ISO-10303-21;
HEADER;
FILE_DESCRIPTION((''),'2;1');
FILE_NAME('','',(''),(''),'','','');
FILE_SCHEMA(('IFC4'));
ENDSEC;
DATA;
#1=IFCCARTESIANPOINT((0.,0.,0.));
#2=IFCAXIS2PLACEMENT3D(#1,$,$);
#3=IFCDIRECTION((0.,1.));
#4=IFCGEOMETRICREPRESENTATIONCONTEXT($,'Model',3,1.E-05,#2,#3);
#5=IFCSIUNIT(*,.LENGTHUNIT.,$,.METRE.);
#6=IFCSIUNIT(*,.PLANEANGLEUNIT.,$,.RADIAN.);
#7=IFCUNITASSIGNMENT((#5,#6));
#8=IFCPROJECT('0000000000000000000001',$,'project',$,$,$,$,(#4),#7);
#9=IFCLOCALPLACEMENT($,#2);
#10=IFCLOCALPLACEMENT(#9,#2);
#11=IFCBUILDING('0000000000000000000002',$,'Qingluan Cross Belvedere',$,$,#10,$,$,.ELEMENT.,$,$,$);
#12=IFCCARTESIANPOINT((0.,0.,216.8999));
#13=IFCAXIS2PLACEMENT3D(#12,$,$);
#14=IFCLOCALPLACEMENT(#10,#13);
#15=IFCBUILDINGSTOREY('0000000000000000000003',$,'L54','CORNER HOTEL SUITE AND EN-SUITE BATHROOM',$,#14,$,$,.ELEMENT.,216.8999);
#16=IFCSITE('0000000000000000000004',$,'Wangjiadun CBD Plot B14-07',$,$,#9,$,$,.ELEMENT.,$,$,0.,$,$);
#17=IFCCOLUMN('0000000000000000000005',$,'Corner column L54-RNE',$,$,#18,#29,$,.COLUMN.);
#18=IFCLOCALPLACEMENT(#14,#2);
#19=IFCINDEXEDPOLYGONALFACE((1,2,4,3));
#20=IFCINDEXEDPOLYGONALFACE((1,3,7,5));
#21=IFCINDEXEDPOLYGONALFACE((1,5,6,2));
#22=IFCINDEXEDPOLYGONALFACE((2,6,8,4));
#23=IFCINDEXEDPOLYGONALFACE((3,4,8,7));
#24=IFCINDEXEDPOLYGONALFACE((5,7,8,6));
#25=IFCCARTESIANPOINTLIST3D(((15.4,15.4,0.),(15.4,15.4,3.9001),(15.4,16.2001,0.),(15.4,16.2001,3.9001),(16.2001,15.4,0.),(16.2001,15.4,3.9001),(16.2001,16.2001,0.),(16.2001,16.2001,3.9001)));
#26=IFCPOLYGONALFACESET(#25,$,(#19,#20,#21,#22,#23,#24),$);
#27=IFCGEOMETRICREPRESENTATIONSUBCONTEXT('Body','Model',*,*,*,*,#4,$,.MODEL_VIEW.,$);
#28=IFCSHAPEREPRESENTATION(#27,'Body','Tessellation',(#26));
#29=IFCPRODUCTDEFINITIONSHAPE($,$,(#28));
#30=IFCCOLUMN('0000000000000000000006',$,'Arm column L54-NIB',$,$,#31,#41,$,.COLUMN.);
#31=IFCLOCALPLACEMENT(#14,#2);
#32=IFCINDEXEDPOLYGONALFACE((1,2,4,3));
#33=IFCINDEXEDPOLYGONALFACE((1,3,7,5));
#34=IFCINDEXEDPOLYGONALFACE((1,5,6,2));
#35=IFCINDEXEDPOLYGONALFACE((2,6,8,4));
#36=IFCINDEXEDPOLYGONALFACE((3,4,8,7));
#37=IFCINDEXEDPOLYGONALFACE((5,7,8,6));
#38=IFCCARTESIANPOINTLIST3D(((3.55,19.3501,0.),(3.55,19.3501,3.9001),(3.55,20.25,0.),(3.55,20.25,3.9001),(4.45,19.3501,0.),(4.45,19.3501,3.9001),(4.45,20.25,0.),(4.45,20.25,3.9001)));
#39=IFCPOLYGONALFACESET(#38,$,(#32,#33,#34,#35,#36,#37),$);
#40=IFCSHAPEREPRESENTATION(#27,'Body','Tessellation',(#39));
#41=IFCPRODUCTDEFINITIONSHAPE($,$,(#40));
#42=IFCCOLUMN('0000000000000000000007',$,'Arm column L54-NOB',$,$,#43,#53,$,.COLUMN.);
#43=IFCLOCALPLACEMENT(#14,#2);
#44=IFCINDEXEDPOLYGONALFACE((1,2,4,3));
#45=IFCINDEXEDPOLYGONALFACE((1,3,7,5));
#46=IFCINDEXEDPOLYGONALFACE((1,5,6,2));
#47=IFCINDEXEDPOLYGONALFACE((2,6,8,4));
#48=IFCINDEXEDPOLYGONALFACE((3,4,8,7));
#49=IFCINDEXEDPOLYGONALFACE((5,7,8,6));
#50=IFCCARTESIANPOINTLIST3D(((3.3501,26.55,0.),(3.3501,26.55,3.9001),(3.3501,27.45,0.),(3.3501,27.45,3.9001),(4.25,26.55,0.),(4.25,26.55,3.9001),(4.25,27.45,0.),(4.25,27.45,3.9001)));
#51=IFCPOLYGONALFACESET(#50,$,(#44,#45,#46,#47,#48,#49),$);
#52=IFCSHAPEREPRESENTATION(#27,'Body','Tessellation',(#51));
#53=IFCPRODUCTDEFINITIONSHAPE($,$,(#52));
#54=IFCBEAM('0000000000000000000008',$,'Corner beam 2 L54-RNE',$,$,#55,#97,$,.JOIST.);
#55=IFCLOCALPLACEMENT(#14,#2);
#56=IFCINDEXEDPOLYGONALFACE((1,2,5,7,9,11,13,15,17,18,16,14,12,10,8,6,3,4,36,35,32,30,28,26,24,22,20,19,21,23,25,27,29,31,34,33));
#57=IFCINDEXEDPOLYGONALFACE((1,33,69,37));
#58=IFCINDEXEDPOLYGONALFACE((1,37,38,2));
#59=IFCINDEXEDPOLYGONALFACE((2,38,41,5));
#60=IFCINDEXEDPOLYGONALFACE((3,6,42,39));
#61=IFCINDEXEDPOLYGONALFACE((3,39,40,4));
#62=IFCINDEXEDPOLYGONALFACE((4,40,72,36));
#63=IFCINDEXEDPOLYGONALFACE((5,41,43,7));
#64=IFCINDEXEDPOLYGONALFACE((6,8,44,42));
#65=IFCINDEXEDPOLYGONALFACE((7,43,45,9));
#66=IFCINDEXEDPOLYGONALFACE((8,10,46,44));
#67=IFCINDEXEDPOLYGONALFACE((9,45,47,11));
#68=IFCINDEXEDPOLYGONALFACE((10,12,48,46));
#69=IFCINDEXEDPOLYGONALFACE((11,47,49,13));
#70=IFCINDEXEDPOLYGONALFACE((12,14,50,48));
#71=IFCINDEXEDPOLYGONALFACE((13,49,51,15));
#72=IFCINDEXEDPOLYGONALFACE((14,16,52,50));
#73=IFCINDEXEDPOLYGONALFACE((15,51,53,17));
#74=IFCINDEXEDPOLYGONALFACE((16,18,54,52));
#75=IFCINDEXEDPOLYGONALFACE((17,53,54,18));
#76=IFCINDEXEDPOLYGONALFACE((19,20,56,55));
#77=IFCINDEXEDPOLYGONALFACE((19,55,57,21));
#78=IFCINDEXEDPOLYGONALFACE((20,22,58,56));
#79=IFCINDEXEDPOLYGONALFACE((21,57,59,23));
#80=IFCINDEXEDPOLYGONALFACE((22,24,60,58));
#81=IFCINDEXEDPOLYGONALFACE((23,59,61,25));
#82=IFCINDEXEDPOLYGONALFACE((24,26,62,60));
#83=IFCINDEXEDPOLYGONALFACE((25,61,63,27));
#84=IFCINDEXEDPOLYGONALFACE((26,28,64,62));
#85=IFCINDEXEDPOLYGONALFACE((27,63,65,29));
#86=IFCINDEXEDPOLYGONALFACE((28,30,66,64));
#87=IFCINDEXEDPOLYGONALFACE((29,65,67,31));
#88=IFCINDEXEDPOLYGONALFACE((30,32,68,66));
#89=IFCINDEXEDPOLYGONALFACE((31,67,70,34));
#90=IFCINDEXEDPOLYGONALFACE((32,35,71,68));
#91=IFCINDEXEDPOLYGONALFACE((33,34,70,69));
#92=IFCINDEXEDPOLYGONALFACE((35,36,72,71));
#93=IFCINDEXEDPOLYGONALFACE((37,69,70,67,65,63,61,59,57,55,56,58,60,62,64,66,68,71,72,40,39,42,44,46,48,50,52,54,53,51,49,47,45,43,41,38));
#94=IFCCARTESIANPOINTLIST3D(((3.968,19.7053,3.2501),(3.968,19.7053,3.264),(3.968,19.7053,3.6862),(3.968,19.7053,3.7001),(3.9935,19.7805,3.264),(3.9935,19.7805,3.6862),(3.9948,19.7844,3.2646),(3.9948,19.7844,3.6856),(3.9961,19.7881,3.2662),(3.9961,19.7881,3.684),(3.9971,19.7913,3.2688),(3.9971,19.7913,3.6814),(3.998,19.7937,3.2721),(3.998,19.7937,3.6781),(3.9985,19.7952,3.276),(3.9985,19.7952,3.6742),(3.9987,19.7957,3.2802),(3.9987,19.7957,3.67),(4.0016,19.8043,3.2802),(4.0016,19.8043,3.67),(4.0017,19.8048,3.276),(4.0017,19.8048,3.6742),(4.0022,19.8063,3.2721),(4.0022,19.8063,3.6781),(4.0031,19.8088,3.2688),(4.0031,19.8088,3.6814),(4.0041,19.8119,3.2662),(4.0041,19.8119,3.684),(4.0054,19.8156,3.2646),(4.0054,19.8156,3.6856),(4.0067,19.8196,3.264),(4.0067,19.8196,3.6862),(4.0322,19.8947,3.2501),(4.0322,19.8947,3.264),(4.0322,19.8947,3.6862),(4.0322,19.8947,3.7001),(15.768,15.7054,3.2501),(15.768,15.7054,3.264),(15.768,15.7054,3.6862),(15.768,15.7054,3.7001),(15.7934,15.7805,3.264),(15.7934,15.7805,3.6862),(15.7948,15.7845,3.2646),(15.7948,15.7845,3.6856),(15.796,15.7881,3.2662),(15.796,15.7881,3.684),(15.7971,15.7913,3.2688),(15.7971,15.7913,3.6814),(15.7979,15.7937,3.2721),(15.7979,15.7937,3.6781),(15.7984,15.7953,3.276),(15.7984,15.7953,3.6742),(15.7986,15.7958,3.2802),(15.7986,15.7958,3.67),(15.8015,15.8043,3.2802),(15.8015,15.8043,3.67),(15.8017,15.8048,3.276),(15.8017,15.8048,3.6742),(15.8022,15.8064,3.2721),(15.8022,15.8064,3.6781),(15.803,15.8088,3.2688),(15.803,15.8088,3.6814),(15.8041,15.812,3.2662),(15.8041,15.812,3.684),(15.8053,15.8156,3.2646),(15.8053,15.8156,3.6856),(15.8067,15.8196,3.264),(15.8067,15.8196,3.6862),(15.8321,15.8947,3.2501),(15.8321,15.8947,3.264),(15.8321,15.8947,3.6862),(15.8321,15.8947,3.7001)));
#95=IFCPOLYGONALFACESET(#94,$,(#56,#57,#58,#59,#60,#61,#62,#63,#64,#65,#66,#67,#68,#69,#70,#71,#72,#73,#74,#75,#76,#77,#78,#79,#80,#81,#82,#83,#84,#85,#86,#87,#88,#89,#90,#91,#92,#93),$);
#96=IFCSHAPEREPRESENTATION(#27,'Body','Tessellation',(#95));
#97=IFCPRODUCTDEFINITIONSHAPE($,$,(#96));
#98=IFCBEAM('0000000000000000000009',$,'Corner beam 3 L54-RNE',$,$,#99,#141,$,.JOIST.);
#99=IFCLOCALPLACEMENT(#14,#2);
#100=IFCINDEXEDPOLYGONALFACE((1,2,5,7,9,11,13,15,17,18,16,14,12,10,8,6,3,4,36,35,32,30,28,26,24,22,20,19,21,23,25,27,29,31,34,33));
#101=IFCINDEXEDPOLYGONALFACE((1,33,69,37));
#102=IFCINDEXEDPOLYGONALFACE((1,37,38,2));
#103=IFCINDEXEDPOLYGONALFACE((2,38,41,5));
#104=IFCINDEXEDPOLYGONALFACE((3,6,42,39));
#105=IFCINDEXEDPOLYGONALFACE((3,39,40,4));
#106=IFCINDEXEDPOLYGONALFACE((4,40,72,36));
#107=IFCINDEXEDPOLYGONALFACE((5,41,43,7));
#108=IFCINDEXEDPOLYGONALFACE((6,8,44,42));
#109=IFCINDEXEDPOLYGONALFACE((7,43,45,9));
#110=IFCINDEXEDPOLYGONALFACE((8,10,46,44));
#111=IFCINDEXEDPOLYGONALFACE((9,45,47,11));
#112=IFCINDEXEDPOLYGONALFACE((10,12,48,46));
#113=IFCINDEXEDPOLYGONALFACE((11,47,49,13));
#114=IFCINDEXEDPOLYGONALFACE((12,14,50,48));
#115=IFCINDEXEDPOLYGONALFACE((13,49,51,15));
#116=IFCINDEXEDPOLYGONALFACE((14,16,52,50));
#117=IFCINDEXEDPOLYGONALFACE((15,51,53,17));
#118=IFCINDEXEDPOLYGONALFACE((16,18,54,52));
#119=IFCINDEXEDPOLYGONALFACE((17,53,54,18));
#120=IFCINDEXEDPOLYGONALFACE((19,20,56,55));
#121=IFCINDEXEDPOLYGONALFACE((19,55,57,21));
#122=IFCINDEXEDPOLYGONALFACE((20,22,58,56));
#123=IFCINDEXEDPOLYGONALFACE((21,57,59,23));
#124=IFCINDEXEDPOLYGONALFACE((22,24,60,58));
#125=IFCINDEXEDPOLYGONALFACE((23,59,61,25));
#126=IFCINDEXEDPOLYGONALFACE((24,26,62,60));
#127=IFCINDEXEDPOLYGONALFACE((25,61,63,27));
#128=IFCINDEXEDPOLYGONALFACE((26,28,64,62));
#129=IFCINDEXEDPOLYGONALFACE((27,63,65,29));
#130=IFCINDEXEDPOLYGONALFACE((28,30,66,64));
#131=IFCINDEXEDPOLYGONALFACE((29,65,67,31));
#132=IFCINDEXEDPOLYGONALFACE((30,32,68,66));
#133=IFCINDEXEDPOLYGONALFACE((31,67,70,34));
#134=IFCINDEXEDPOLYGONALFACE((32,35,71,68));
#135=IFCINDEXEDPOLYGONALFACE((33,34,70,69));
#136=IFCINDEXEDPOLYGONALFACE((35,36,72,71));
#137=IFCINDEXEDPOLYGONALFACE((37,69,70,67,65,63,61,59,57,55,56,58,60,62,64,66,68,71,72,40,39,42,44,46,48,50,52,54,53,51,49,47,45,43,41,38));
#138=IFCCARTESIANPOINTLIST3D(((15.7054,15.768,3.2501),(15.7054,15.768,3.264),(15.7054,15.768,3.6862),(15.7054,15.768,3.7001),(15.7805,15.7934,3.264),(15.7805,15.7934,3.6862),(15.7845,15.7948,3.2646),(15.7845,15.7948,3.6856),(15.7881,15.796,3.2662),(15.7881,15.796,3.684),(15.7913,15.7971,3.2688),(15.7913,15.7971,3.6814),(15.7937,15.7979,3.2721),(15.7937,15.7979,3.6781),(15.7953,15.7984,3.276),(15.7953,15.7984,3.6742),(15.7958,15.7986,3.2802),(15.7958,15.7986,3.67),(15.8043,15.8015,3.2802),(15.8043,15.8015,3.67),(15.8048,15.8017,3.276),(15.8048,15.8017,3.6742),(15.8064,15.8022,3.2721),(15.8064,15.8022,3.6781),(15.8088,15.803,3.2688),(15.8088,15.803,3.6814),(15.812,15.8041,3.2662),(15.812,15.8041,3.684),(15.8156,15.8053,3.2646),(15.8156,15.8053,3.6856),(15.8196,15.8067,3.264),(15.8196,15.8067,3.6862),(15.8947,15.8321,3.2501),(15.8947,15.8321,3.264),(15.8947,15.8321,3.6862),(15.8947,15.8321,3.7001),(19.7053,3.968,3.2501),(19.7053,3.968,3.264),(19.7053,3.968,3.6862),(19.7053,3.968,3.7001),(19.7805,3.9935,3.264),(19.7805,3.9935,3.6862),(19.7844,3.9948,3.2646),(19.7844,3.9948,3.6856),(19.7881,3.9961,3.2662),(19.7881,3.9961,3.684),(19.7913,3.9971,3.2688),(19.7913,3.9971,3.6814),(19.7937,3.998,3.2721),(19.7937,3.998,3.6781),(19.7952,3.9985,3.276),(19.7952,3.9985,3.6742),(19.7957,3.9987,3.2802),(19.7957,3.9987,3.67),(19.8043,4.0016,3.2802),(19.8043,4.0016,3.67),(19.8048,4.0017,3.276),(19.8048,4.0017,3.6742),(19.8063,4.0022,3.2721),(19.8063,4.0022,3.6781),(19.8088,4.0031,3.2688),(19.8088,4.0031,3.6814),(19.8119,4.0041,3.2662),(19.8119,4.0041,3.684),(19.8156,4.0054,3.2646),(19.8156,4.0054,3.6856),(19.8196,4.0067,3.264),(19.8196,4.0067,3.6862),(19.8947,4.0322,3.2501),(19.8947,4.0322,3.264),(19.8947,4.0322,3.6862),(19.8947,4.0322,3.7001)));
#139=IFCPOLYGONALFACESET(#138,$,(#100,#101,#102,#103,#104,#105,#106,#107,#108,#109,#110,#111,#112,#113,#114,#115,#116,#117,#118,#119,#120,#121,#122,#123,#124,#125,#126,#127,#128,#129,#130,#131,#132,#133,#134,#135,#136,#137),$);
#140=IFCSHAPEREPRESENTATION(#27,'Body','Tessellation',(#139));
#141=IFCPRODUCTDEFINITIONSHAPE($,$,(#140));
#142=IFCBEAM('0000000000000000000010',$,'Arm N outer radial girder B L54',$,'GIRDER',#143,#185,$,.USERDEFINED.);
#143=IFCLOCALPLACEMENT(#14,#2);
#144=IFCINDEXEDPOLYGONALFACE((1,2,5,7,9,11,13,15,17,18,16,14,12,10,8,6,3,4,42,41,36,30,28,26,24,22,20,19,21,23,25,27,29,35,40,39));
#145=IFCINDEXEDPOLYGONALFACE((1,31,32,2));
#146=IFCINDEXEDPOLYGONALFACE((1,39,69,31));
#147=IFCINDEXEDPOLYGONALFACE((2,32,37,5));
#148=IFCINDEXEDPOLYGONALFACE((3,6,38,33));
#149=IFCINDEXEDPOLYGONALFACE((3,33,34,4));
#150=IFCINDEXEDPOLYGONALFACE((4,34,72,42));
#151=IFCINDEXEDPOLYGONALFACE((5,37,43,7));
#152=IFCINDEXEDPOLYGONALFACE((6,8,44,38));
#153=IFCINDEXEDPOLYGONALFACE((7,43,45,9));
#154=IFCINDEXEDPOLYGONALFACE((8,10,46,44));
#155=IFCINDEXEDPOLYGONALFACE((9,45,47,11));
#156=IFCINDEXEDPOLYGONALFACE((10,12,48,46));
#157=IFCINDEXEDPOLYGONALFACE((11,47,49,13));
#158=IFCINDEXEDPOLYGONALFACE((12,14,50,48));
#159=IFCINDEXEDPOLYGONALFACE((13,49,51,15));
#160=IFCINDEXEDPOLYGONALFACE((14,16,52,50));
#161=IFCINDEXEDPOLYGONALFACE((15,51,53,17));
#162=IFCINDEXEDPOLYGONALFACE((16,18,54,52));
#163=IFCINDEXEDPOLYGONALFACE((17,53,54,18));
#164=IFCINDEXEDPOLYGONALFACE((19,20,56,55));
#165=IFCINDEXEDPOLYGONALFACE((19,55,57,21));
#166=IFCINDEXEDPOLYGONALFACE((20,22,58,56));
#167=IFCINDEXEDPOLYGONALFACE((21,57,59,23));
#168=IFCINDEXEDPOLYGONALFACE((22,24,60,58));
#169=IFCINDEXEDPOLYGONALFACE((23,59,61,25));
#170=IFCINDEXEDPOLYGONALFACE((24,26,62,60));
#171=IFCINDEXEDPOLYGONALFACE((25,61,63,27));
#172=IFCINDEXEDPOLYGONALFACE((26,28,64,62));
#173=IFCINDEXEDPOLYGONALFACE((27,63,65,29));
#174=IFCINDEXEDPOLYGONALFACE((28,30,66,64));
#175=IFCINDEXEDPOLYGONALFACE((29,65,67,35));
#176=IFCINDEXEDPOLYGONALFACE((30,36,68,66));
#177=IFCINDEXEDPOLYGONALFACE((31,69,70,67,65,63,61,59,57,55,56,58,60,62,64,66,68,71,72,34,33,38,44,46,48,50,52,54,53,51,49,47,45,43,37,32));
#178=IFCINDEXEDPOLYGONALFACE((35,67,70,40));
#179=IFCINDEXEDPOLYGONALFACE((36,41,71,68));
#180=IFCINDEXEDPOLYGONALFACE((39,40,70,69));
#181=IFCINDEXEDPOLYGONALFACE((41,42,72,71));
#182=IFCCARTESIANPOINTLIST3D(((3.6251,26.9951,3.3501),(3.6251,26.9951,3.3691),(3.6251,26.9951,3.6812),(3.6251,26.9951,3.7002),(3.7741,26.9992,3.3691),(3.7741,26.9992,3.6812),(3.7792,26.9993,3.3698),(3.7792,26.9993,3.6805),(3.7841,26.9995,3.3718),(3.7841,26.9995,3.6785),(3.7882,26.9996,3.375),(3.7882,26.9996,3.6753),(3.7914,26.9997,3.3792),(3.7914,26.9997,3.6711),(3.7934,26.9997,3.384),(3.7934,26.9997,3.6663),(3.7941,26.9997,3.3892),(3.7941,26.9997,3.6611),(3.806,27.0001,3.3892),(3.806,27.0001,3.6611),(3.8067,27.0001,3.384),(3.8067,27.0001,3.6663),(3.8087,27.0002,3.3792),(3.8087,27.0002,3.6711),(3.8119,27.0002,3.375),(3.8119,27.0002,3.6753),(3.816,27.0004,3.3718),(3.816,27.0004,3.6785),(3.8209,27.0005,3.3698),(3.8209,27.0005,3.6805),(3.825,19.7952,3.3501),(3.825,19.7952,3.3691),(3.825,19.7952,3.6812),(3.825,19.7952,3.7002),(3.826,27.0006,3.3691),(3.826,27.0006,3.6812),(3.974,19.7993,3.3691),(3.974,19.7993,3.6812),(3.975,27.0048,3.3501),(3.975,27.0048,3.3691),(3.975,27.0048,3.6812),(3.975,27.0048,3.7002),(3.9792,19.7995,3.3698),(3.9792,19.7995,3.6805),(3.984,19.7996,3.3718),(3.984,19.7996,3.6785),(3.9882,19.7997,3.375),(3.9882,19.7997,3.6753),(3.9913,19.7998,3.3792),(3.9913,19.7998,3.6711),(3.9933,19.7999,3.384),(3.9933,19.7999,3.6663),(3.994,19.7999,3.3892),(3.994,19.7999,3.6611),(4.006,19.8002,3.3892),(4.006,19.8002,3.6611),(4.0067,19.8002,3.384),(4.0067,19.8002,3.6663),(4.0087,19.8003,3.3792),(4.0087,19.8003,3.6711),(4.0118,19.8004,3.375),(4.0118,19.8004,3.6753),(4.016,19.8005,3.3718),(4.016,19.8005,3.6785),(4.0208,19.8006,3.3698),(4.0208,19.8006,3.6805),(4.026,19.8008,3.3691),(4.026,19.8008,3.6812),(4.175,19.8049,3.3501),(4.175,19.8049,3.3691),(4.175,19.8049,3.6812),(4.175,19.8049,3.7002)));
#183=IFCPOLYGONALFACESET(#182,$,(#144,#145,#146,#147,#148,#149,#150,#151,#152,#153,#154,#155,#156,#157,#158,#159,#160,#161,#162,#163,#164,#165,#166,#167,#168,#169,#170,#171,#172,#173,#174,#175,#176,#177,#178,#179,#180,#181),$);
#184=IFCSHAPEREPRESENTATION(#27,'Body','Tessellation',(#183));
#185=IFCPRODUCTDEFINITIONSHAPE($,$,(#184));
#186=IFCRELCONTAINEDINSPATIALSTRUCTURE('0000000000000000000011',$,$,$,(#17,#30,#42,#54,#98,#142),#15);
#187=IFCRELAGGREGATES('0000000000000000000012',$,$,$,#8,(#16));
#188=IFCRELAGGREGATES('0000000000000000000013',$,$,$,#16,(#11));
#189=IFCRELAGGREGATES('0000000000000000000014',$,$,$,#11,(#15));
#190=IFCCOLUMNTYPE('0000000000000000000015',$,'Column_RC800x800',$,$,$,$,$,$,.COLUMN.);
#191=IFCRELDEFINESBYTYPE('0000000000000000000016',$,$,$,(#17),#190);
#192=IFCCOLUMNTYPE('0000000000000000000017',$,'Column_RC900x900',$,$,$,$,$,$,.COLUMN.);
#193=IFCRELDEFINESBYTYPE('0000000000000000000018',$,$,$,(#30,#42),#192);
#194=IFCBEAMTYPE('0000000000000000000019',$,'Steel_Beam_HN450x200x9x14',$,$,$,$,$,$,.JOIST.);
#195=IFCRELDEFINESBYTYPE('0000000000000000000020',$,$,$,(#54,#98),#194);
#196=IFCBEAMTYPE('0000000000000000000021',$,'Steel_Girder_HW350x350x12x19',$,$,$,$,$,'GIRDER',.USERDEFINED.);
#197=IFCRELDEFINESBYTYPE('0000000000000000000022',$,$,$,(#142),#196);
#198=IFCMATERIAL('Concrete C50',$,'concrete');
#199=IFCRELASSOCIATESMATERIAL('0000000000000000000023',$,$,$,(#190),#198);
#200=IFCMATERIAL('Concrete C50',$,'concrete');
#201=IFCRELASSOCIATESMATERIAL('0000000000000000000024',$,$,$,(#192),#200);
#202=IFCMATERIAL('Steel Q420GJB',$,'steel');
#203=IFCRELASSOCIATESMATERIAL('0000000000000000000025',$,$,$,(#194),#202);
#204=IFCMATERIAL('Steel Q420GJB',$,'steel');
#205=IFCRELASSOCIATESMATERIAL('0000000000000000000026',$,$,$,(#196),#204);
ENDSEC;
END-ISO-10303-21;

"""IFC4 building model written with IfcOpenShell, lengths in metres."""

from ifc_helpers import new_model, si_unit, direction, frame, origin, origin_2d, place, context, subcontext, project, spatial, rectangle, i_section, extrude, material, material_profile, profile_set, type_object, element, save


model = new_model("IFC4")

# Units and contexts
model_context = context("Model", 3, precision=1e-05, world=origin(), true_north=direction((0.0, 1.0)))
body_context = subcontext(model_context, "Body", "Model", "MODEL_VIEW")
ifc_project = project(units=[si_unit("LENGTHUNIT", "METRE"), si_unit("PLANEANGLEUNIT", "RADIAN")], contexts=[model_context])

# Site, building, storey
site_placement = place(None, origin())
site = spatial("IfcSite", under=ifc_project, at=site_placement, Name="Wangjiadun CBD Plot B14-07", CompositionType="ELEMENT", RefElevation=0.0)
building_placement = place(site_placement, origin())
building = spatial("IfcBuilding", under=site, at=building_placement, Name="Qingluan Cross Belvedere", CompositionType="ELEMENT")
storey_placement = place(building_placement, frame((0.0, 0.0, 216.8999)))
storey = spatial("IfcBuildingStorey", under=building, at=storey_placement, Name="L54", Description="CORNER HOTEL SUITE AND EN-SUITE BATHROOM", CompositionType="ELEMENT", Elevation=216.8999)

# Columns
ifc_material_1 = material(Name="Concrete C50", Category="concrete")
ifc_material_profile_1 = material_profile(ifc_material_1, rectangle(XDim=0.8, YDim=0.8, at=origin_2d()), Name="RC800x800")
ifc_profile_set_1 = profile_set([ifc_material_profile_1], Name="Concrete C50")
column_type_1 = type_object("IfcColumnType", Name="Column_RC800x800", PredefinedType="COLUMN", material=ifc_profile_set_1)
column_placement = place(storey_placement, frame((15.8, 15.8, 0.0), z_axis=(0.0, 0.0, 1.0), x_axis=(1.0, 0.0, 0.0)))
element("IfcColumn", 1, at=column_placement, inside=storey, type_object=column_type_1, Name="Corner column L54-RNE", PredefinedType="COLUMN", context=body_context, shape_type="SweptSolid", body=[
    extrude(rectangle(XDim=0.8, YDim=0.8, at=origin_2d()), origin(), (0.0, 0.0, 1.0), 3.9001),
])
ifc_material_2 = material(Name="Concrete C50", Category="concrete")
ifc_material_profile_2 = material_profile(ifc_material_2, rectangle(XDim=0.8999, YDim=0.8999, at=origin_2d()), Name="RC900x900")
ifc_profile_set_2 = profile_set([ifc_material_profile_2], Name="Concrete C50")
column_type_2 = type_object("IfcColumnType", Name="Column_RC900x900", PredefinedType="COLUMN", material=ifc_profile_set_2)
for number, where, z_axis, x_axis, name in (
    (2, (4.0, 19.8, 0.0), (0.0, 0.0, 1.0), (1.0, 0.0, 0.0), "Arm column L54-NIB"),
    (3, (3.8, 27.0, 0.0), (0.0, 0.0, 1.0), (1.0, 0.0, 0.0), "Arm column L54-NOB"),
):
    element("IfcColumn", number, at=place(storey_placement, frame(where, z_axis=z_axis, x_axis=x_axis)), inside=storey, type_object=column_type_2, Name=name, PredefinedType="COLUMN", context=body_context, shape_type="SweptSolid", body=[
        extrude(rectangle(XDim=0.8999, YDim=0.8999, at=origin_2d()), origin(), (0.0, 0.0, 1.0), 3.9001),
    ])

# Beams
ifc_material_3 = material(Name="Steel Q420GJB", Category="steel")
ifc_material_profile_3 = material_profile(ifc_material_3, i_section(OverallWidth=0.2, OverallDepth=0.45, WebThickness=0.009, FlangeThickness=0.0139, FilletRadius=0.0161, at=origin_2d()), Name="HN450x200x9x14")
ifc_profile_set_3 = profile_set([ifc_material_profile_3], Name="Steel Q420GJB")
beam_type_1 = type_object("IfcBeamType", Name="Steel_Beam_HN450x200x9x14", PredefinedType="JOIST", material=ifc_profile_set_3)
for number, where, z_axis, x_axis, name in (
    (4, (15.8, 15.8, 3.4751), (-0.947066, 0.321038, 0.0), (-0.321038, -0.947066, 0.0), "Corner beam 2 L54-RNE"),
    (5, (15.8, 15.8, 3.4751), (0.321038, -0.947066, 0.0), (0.947066, 0.321038, 0.0), "Corner beam 3 L54-RNE"),
):
    element("IfcBeam", number, at=place(storey_placement, frame(where, z_axis=z_axis, x_axis=x_axis)), inside=storey, type_object=beam_type_1, Name=name, PredefinedType="JOIST", context=body_context, shape_type="SweptSolid", body=[
        extrude(i_section(OverallWidth=0.2, OverallDepth=0.45, WebThickness=0.009, FlangeThickness=0.0139, FilletRadius=0.0161, at=origin_2d()), origin(), (0.0, 0.0, 1.0), 12.4595),
    ])
ifc_material_4 = material(Name="Steel Q420GJB", Category="steel")
ifc_material_profile_4 = material_profile(ifc_material_4, i_section(OverallWidth=0.3501, OverallDepth=0.3501, WebThickness=0.012, FlangeThickness=0.019, FilletRadius=0.02, at=origin_2d()), Name="HW350x350x12x19")
ifc_profile_set_4 = profile_set([ifc_material_profile_4], Name="Steel Q420GJB")
beam_type_2 = type_object("IfcBeamType", Name="Steel_Girder_HW350x350x12x19", ElementType="GIRDER", PredefinedType="USERDEFINED", material=ifc_profile_set_4)
beam_placement = place(storey_placement, frame((4.0, 19.8, 3.5251), z_axis=(-0.02776, 0.999615, 0.0), x_axis=(-0.999615, -0.02776, 0.0)))
element("IfcBeam", 6, at=beam_placement, inside=storey, type_object=beam_type_2, Name="Arm N outer radial girder B L54", ObjectType="GIRDER", PredefinedType="USERDEFINED", context=body_context, shape_type="SweptSolid", body=[
    extrude(i_section(OverallWidth=0.3501, OverallDepth=0.3501, WebThickness=0.012, FlangeThickness=0.019, FilletRadius=0.02, at=origin_2d()), origin(), (0.0, 0.0, 1.0), 7.2026),
])

save(model, "model.ifc")
